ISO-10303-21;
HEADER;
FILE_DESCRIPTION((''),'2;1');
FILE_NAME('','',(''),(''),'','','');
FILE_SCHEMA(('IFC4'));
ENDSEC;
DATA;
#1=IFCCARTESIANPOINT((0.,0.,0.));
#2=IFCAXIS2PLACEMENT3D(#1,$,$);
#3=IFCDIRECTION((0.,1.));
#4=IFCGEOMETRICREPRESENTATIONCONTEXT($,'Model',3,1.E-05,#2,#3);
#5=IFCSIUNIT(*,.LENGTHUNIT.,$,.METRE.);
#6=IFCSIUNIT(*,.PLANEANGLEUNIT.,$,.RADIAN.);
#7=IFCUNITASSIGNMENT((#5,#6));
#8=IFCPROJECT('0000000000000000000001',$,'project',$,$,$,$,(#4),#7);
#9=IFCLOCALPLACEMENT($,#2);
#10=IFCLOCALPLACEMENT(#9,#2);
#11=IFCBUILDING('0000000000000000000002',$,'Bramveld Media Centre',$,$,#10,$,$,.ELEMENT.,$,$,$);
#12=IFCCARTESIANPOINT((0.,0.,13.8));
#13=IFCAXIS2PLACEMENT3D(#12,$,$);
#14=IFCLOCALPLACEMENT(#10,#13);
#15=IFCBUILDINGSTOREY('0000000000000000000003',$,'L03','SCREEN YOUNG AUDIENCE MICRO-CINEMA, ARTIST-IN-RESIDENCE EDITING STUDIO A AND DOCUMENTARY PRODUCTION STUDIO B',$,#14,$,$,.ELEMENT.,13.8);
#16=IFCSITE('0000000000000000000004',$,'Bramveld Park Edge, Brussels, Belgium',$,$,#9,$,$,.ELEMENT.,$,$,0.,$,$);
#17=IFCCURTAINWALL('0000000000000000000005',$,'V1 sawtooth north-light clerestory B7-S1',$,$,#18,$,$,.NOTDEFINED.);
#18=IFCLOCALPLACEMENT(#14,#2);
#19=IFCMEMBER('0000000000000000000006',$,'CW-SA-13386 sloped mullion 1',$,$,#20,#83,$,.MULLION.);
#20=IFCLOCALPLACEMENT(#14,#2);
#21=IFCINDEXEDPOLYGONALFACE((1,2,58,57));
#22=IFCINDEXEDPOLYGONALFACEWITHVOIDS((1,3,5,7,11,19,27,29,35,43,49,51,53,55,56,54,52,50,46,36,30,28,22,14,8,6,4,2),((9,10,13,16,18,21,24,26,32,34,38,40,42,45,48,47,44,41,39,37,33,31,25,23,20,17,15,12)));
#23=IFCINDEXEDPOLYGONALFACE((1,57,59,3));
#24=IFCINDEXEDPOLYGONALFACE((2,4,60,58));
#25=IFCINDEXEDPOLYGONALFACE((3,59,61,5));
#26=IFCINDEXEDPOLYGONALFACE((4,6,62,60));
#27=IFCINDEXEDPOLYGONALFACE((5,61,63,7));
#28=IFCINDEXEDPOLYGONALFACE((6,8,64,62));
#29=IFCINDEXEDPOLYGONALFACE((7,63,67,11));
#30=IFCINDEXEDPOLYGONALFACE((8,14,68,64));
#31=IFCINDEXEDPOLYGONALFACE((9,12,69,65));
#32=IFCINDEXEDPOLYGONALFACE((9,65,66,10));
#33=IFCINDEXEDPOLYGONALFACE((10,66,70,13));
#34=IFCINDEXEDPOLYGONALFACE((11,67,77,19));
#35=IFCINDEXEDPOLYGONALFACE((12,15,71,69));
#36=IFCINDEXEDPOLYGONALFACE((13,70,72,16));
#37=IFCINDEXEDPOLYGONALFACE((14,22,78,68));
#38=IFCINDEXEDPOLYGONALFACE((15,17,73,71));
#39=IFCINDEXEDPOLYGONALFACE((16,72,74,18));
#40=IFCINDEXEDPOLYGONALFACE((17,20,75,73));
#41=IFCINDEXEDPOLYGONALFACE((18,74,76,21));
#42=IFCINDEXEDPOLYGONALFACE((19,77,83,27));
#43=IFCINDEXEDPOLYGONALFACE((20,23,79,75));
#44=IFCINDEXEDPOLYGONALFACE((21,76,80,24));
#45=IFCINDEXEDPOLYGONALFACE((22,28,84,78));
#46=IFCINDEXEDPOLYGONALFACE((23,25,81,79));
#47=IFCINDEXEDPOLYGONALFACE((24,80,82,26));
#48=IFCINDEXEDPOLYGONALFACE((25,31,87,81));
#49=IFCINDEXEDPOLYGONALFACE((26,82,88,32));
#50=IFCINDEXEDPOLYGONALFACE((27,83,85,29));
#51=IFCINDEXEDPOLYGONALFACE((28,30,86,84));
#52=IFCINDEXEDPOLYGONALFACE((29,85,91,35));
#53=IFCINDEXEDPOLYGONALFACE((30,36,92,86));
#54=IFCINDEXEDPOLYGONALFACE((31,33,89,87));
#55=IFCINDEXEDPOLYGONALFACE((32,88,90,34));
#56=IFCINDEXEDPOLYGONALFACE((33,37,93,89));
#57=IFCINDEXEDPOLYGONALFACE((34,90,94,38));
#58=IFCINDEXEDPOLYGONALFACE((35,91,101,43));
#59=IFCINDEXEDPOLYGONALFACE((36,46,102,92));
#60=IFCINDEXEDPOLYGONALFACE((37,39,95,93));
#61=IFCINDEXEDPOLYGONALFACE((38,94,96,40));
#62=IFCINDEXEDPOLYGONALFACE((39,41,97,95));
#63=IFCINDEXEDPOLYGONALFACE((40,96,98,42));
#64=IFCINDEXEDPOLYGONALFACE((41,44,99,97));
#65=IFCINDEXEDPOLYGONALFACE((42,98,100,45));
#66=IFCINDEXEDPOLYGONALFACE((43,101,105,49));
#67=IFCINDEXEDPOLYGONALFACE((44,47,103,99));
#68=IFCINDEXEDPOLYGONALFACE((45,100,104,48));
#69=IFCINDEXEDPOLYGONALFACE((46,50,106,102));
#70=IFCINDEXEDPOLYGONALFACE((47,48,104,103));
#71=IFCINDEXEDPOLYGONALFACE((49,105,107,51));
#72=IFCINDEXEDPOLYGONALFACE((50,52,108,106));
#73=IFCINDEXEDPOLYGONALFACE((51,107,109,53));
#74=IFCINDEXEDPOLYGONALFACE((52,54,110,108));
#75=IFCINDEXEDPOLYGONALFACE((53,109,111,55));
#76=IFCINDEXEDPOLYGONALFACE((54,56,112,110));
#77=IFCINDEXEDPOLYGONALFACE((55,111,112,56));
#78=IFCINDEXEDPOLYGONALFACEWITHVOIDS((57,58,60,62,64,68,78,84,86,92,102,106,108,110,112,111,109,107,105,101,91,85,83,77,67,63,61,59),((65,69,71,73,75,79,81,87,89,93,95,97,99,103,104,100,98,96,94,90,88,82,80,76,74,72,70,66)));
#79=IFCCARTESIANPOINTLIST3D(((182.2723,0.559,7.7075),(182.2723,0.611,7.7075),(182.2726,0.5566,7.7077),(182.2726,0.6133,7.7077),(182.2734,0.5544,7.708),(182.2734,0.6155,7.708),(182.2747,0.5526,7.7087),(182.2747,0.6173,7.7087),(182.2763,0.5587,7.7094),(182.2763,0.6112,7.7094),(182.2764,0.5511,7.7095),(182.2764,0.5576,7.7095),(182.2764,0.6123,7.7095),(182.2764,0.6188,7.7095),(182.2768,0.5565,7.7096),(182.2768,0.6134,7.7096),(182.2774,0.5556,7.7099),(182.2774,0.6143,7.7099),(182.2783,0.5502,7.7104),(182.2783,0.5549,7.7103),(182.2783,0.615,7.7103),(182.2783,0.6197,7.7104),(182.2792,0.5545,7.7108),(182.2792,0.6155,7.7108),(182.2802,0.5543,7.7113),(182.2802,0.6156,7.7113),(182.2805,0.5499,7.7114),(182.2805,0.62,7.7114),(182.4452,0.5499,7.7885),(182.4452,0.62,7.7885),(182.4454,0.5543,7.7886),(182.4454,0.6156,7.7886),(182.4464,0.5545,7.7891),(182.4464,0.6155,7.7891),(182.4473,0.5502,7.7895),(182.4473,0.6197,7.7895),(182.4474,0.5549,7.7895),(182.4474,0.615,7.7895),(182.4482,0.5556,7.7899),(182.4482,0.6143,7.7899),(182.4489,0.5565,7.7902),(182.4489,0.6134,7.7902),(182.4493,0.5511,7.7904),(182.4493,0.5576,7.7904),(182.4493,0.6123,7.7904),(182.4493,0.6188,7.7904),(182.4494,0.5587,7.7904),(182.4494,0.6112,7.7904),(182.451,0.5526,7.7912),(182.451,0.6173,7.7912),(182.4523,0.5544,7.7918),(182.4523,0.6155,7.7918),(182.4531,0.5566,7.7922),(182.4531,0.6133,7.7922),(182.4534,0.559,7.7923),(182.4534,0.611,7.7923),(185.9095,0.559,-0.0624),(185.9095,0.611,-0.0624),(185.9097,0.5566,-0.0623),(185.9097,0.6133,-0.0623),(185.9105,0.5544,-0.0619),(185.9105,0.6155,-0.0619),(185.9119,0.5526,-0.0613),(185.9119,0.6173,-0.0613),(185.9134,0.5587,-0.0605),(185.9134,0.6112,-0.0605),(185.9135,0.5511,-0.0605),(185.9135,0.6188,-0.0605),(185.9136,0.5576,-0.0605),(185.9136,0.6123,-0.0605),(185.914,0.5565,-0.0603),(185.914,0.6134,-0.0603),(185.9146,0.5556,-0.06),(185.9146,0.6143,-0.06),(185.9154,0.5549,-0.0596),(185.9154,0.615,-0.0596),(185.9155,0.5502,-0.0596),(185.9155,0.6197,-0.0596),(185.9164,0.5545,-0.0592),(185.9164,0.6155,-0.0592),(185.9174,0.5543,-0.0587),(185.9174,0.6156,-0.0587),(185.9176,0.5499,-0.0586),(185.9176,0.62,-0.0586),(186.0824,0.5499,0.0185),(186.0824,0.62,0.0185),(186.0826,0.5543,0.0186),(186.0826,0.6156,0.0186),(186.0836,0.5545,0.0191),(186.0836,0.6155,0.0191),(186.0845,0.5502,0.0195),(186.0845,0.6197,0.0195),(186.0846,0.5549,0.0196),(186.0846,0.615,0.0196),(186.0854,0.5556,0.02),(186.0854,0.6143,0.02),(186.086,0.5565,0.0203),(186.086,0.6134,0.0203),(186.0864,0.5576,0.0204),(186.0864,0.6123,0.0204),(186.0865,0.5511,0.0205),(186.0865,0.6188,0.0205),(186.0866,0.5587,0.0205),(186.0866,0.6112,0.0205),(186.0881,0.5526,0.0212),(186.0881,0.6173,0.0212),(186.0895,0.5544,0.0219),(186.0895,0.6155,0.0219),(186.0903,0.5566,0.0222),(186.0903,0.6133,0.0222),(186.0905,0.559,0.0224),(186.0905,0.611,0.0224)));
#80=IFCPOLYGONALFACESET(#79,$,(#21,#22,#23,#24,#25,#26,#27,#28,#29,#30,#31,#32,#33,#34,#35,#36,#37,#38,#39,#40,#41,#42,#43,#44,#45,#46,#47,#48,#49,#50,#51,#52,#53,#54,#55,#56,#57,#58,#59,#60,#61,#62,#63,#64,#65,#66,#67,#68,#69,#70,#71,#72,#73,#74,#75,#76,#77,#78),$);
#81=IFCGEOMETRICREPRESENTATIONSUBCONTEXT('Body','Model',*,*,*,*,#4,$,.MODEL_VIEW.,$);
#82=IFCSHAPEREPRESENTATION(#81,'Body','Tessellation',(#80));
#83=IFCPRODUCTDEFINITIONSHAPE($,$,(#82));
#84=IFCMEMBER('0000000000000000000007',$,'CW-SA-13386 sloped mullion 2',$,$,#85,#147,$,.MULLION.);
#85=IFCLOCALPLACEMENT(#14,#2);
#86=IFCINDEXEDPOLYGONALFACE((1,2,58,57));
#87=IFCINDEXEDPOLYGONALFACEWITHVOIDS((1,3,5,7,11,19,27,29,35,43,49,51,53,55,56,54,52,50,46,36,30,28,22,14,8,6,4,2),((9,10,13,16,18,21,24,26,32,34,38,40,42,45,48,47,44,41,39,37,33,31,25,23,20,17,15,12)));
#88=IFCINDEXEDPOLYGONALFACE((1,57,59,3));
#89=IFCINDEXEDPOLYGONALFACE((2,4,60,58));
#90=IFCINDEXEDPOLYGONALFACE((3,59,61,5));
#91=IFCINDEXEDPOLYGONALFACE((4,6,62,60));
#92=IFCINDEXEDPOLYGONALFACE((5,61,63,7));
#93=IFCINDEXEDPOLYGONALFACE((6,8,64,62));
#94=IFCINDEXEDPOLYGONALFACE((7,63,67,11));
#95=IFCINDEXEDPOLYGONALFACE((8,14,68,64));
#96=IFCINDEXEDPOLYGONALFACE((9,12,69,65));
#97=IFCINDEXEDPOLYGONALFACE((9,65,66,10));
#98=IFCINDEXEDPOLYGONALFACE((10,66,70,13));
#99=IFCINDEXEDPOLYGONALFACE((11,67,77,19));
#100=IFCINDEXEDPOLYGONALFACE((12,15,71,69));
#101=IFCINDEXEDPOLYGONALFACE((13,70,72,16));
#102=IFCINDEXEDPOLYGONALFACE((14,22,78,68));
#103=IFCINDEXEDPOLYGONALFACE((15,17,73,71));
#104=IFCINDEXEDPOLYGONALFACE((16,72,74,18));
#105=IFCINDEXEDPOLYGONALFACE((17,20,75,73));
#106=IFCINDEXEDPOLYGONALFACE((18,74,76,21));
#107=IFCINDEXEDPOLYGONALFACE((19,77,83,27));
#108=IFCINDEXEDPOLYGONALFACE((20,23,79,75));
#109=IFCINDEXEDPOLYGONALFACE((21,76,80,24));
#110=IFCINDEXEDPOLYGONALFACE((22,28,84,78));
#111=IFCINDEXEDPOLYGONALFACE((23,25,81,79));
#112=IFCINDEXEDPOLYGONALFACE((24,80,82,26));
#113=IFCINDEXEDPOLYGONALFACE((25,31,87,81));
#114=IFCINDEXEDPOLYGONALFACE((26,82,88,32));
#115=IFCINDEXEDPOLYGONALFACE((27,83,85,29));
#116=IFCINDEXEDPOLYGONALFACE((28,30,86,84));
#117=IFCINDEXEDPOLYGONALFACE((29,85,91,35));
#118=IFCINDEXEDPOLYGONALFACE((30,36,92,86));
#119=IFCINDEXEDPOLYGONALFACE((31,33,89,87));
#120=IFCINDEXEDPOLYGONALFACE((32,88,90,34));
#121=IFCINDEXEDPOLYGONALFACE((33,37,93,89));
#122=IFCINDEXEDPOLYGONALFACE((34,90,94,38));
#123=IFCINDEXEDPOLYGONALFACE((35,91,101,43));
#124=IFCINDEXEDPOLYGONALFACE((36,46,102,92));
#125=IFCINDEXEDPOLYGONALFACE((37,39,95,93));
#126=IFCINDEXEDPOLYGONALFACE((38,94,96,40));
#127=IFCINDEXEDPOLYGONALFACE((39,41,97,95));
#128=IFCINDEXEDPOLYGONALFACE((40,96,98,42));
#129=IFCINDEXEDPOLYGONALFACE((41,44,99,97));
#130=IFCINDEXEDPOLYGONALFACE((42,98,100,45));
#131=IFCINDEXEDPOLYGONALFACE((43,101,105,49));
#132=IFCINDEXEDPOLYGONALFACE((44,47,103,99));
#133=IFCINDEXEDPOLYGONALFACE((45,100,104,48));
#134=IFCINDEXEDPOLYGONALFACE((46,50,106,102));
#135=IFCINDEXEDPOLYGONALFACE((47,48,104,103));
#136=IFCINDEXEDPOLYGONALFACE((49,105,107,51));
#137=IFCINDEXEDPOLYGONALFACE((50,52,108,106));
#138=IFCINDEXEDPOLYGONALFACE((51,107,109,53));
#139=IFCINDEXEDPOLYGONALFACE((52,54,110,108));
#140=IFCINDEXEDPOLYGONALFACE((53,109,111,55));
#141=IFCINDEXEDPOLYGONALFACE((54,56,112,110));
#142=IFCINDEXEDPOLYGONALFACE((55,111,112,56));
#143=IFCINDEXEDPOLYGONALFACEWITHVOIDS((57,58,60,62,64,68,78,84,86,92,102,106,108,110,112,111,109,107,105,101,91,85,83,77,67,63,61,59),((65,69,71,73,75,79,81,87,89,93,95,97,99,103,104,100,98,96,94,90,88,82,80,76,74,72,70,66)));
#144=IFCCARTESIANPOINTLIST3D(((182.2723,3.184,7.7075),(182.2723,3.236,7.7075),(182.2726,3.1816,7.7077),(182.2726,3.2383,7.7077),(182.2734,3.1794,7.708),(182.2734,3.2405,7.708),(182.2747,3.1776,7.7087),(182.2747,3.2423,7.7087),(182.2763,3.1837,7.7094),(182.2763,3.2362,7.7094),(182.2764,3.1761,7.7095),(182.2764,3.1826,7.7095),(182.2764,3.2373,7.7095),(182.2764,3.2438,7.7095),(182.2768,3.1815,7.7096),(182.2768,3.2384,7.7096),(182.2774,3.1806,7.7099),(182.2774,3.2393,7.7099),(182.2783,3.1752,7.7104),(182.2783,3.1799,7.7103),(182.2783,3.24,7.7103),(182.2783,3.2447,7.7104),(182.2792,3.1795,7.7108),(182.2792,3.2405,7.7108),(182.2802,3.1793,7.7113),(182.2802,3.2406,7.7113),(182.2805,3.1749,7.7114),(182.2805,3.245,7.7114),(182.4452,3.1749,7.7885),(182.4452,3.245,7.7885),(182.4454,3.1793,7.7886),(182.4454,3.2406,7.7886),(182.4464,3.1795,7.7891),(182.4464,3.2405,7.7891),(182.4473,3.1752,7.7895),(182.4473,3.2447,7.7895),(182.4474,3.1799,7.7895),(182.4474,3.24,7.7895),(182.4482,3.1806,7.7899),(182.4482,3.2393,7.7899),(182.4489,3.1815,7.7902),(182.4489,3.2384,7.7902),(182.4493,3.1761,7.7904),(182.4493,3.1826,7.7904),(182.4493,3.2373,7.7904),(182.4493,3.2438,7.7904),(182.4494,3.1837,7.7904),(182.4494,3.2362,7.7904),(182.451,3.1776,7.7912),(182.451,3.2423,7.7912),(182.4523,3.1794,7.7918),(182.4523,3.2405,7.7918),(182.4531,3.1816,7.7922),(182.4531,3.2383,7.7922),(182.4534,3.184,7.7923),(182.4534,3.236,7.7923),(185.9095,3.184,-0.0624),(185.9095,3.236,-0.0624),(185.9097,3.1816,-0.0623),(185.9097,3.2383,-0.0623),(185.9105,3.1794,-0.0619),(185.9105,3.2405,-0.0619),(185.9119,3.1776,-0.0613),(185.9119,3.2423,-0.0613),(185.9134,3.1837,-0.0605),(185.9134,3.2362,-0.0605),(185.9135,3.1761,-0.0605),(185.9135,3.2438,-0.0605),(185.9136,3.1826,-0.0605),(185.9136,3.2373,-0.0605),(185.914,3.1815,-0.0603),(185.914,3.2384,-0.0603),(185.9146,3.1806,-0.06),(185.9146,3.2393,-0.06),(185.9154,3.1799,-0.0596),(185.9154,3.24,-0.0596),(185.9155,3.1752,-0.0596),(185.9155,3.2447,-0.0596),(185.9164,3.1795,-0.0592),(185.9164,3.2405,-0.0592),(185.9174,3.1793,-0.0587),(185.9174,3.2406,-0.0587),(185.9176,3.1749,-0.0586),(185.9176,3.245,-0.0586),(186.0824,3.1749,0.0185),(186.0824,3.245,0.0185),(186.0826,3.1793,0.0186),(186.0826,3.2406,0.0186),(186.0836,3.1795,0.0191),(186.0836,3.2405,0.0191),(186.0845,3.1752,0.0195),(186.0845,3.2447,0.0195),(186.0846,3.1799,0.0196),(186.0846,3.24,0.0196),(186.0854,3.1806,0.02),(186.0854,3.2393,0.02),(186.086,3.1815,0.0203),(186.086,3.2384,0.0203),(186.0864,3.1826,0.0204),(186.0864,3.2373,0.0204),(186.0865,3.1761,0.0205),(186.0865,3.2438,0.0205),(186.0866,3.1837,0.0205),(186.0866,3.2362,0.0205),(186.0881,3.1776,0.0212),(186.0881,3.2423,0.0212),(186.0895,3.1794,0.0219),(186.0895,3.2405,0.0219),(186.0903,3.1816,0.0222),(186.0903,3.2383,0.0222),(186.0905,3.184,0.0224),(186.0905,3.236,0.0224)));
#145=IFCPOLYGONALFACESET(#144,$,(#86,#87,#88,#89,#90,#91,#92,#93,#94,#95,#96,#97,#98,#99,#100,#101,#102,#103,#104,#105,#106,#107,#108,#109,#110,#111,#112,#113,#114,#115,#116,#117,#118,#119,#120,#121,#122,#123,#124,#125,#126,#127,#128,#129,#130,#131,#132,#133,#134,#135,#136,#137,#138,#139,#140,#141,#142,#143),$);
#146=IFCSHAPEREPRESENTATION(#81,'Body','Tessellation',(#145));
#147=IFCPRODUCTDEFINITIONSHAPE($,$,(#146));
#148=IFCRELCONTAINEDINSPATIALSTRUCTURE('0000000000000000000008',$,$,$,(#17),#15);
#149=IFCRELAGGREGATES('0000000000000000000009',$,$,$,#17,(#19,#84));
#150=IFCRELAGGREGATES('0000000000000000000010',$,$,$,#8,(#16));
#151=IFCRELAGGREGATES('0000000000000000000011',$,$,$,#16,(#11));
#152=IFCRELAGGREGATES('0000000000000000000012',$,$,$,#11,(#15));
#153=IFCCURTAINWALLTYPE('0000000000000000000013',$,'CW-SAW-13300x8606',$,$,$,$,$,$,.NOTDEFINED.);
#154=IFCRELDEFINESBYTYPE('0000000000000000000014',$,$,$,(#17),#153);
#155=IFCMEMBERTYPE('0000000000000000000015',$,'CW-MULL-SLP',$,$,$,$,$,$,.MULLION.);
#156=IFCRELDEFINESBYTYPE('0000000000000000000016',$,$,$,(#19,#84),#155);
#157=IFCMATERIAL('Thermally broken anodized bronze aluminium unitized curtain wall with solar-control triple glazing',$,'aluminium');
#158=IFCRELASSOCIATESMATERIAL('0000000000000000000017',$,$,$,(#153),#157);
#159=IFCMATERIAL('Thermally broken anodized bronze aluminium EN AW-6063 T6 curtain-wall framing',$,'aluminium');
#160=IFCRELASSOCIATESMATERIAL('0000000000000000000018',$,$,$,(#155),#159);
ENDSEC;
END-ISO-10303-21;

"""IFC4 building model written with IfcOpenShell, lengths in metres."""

from ifc_helpers import new_model, si_unit, direction, frame, origin, origin_2d, place, context, subcontext, project, spatial, hollow_rectangle, extrude, material, material_profile, profile_set, type_object, element, aggregate, save


model = new_model("IFC4")

# Units and contexts
model_context = context("Model", 3, precision=1e-05, world=origin(), true_north=direction((0.0, 1.0)))
body_context = subcontext(model_context, "Body", "Model", "MODEL_VIEW")
ifc_project = project(units=[si_unit("LENGTHUNIT", "METRE"), si_unit("PLANEANGLEUNIT", "RADIAN")], contexts=[model_context])

# Site, building, storey
site_placement = place(None, origin())
site = spatial("IfcSite", under=ifc_project, at=site_placement, Name="Bramveld Park Edge, Brussels, Belgium", CompositionType="ELEMENT", RefElevation=0.0)
building_placement = place(site_placement, origin())
building = spatial("IfcBuilding", under=site, at=building_placement, Name="Bramveld Media Centre", CompositionType="ELEMENT")
storey_placement = place(building_placement, frame((0.0, 0.0, 13.8)))
storey = spatial("IfcBuildingStorey", under=building, at=storey_placement, Name="L03", Description="SCREEN YOUNG AUDIENCE MICRO-CINEMA, ARTIST-IN-RESIDENCE EDITING STUDIO A AND DOCUMENTARY PRODUCTION STUDIO B", CompositionType="ELEMENT", Elevation=13.8)

# Curtain wall, members
ifc_material_1 = material(Name="Thermally broken anodized bronze aluminium unitized curtain wall with solar-control triple glazing", Category="aluminium")
curtain_wall_type = type_object("IfcCurtainWallType", Name="CW-SAW-13300x8606", PredefinedType="NOTDEFINED", material=ifc_material_1)
curtain_wall_placement = place(storey_placement, origin())
curtain_wall = element("IfcCurtainWall", 1, at=curtain_wall_placement, inside=storey, type_object=curtain_wall_type, Name="V1 sawtooth north-light clerestory B7-S1", PredefinedType="NOTDEFINED")
ifc_material_2 = material(Name="Thermally broken anodized bronze aluminium EN AW-6063 T6 curtain-wall framing", Category="aluminium")
ifc_material_profile_1 = material_profile(ifc_material_2, hollow_rectangle(XDim=0.0701, YDim=0.2, WallThickness=0.0044, InnerFilletRadius=0.0044, OuterFilletRadius=0.009, at=origin_2d()), Name="AL-MULL 70x200")
ifc_profile_set_1 = profile_set([ifc_material_profile_1], Name="Thermally broken anodized bronze aluminium EN AW-6063 T6 curtain-wall framing")
member_type_1 = type_object("IfcMemberType", Name="CW-MULL-SLP", PredefinedType="MULLION", material=ifc_profile_set_1)
member_1_placement = place(storey_placement, frame((186.0, 0.585, -0.02), z_axis=(-0.423957, 0.0, 0.905682), x_axis=(0.0, -1.0, 0.0)))
member_1 = element("IfcMember", 2, at=member_1_placement, type_object=member_type_1, Name="CW-SA-13386 sloped mullion 1", PredefinedType="MULLION", context=body_context, shape_type="SweptSolid", body=[
    extrude(hollow_rectangle(XDim=0.0701, YDim=0.2, WallThickness=0.0044, InnerFilletRadius=0.0044, OuterFilletRadius=0.009, at=origin_2d()), origin(), (0.0, 0.0, 1.0), 8.5791),
])
member_2_placement = place(storey_placement, frame((186.0, 3.21, -0.02), z_axis=(-0.423957, 0.0, 0.905682), x_axis=(0.0, -1.0, 0.0)))
member_2 = element("IfcMember", 3, at=member_2_placement, type_object=member_type_1, Name="CW-SA-13386 sloped mullion 2", PredefinedType="MULLION", context=body_context, shape_type="SweptSolid", body=[
    extrude(hollow_rectangle(XDim=0.0701, YDim=0.2, WallThickness=0.0044, InnerFilletRadius=0.0044, OuterFilletRadius=0.009, at=origin_2d()), origin(), (0.0, 0.0, 1.0), 8.5791),
])

aggregate(curtain_wall, [member_1, member_2])

save(model, "model.ifc")
